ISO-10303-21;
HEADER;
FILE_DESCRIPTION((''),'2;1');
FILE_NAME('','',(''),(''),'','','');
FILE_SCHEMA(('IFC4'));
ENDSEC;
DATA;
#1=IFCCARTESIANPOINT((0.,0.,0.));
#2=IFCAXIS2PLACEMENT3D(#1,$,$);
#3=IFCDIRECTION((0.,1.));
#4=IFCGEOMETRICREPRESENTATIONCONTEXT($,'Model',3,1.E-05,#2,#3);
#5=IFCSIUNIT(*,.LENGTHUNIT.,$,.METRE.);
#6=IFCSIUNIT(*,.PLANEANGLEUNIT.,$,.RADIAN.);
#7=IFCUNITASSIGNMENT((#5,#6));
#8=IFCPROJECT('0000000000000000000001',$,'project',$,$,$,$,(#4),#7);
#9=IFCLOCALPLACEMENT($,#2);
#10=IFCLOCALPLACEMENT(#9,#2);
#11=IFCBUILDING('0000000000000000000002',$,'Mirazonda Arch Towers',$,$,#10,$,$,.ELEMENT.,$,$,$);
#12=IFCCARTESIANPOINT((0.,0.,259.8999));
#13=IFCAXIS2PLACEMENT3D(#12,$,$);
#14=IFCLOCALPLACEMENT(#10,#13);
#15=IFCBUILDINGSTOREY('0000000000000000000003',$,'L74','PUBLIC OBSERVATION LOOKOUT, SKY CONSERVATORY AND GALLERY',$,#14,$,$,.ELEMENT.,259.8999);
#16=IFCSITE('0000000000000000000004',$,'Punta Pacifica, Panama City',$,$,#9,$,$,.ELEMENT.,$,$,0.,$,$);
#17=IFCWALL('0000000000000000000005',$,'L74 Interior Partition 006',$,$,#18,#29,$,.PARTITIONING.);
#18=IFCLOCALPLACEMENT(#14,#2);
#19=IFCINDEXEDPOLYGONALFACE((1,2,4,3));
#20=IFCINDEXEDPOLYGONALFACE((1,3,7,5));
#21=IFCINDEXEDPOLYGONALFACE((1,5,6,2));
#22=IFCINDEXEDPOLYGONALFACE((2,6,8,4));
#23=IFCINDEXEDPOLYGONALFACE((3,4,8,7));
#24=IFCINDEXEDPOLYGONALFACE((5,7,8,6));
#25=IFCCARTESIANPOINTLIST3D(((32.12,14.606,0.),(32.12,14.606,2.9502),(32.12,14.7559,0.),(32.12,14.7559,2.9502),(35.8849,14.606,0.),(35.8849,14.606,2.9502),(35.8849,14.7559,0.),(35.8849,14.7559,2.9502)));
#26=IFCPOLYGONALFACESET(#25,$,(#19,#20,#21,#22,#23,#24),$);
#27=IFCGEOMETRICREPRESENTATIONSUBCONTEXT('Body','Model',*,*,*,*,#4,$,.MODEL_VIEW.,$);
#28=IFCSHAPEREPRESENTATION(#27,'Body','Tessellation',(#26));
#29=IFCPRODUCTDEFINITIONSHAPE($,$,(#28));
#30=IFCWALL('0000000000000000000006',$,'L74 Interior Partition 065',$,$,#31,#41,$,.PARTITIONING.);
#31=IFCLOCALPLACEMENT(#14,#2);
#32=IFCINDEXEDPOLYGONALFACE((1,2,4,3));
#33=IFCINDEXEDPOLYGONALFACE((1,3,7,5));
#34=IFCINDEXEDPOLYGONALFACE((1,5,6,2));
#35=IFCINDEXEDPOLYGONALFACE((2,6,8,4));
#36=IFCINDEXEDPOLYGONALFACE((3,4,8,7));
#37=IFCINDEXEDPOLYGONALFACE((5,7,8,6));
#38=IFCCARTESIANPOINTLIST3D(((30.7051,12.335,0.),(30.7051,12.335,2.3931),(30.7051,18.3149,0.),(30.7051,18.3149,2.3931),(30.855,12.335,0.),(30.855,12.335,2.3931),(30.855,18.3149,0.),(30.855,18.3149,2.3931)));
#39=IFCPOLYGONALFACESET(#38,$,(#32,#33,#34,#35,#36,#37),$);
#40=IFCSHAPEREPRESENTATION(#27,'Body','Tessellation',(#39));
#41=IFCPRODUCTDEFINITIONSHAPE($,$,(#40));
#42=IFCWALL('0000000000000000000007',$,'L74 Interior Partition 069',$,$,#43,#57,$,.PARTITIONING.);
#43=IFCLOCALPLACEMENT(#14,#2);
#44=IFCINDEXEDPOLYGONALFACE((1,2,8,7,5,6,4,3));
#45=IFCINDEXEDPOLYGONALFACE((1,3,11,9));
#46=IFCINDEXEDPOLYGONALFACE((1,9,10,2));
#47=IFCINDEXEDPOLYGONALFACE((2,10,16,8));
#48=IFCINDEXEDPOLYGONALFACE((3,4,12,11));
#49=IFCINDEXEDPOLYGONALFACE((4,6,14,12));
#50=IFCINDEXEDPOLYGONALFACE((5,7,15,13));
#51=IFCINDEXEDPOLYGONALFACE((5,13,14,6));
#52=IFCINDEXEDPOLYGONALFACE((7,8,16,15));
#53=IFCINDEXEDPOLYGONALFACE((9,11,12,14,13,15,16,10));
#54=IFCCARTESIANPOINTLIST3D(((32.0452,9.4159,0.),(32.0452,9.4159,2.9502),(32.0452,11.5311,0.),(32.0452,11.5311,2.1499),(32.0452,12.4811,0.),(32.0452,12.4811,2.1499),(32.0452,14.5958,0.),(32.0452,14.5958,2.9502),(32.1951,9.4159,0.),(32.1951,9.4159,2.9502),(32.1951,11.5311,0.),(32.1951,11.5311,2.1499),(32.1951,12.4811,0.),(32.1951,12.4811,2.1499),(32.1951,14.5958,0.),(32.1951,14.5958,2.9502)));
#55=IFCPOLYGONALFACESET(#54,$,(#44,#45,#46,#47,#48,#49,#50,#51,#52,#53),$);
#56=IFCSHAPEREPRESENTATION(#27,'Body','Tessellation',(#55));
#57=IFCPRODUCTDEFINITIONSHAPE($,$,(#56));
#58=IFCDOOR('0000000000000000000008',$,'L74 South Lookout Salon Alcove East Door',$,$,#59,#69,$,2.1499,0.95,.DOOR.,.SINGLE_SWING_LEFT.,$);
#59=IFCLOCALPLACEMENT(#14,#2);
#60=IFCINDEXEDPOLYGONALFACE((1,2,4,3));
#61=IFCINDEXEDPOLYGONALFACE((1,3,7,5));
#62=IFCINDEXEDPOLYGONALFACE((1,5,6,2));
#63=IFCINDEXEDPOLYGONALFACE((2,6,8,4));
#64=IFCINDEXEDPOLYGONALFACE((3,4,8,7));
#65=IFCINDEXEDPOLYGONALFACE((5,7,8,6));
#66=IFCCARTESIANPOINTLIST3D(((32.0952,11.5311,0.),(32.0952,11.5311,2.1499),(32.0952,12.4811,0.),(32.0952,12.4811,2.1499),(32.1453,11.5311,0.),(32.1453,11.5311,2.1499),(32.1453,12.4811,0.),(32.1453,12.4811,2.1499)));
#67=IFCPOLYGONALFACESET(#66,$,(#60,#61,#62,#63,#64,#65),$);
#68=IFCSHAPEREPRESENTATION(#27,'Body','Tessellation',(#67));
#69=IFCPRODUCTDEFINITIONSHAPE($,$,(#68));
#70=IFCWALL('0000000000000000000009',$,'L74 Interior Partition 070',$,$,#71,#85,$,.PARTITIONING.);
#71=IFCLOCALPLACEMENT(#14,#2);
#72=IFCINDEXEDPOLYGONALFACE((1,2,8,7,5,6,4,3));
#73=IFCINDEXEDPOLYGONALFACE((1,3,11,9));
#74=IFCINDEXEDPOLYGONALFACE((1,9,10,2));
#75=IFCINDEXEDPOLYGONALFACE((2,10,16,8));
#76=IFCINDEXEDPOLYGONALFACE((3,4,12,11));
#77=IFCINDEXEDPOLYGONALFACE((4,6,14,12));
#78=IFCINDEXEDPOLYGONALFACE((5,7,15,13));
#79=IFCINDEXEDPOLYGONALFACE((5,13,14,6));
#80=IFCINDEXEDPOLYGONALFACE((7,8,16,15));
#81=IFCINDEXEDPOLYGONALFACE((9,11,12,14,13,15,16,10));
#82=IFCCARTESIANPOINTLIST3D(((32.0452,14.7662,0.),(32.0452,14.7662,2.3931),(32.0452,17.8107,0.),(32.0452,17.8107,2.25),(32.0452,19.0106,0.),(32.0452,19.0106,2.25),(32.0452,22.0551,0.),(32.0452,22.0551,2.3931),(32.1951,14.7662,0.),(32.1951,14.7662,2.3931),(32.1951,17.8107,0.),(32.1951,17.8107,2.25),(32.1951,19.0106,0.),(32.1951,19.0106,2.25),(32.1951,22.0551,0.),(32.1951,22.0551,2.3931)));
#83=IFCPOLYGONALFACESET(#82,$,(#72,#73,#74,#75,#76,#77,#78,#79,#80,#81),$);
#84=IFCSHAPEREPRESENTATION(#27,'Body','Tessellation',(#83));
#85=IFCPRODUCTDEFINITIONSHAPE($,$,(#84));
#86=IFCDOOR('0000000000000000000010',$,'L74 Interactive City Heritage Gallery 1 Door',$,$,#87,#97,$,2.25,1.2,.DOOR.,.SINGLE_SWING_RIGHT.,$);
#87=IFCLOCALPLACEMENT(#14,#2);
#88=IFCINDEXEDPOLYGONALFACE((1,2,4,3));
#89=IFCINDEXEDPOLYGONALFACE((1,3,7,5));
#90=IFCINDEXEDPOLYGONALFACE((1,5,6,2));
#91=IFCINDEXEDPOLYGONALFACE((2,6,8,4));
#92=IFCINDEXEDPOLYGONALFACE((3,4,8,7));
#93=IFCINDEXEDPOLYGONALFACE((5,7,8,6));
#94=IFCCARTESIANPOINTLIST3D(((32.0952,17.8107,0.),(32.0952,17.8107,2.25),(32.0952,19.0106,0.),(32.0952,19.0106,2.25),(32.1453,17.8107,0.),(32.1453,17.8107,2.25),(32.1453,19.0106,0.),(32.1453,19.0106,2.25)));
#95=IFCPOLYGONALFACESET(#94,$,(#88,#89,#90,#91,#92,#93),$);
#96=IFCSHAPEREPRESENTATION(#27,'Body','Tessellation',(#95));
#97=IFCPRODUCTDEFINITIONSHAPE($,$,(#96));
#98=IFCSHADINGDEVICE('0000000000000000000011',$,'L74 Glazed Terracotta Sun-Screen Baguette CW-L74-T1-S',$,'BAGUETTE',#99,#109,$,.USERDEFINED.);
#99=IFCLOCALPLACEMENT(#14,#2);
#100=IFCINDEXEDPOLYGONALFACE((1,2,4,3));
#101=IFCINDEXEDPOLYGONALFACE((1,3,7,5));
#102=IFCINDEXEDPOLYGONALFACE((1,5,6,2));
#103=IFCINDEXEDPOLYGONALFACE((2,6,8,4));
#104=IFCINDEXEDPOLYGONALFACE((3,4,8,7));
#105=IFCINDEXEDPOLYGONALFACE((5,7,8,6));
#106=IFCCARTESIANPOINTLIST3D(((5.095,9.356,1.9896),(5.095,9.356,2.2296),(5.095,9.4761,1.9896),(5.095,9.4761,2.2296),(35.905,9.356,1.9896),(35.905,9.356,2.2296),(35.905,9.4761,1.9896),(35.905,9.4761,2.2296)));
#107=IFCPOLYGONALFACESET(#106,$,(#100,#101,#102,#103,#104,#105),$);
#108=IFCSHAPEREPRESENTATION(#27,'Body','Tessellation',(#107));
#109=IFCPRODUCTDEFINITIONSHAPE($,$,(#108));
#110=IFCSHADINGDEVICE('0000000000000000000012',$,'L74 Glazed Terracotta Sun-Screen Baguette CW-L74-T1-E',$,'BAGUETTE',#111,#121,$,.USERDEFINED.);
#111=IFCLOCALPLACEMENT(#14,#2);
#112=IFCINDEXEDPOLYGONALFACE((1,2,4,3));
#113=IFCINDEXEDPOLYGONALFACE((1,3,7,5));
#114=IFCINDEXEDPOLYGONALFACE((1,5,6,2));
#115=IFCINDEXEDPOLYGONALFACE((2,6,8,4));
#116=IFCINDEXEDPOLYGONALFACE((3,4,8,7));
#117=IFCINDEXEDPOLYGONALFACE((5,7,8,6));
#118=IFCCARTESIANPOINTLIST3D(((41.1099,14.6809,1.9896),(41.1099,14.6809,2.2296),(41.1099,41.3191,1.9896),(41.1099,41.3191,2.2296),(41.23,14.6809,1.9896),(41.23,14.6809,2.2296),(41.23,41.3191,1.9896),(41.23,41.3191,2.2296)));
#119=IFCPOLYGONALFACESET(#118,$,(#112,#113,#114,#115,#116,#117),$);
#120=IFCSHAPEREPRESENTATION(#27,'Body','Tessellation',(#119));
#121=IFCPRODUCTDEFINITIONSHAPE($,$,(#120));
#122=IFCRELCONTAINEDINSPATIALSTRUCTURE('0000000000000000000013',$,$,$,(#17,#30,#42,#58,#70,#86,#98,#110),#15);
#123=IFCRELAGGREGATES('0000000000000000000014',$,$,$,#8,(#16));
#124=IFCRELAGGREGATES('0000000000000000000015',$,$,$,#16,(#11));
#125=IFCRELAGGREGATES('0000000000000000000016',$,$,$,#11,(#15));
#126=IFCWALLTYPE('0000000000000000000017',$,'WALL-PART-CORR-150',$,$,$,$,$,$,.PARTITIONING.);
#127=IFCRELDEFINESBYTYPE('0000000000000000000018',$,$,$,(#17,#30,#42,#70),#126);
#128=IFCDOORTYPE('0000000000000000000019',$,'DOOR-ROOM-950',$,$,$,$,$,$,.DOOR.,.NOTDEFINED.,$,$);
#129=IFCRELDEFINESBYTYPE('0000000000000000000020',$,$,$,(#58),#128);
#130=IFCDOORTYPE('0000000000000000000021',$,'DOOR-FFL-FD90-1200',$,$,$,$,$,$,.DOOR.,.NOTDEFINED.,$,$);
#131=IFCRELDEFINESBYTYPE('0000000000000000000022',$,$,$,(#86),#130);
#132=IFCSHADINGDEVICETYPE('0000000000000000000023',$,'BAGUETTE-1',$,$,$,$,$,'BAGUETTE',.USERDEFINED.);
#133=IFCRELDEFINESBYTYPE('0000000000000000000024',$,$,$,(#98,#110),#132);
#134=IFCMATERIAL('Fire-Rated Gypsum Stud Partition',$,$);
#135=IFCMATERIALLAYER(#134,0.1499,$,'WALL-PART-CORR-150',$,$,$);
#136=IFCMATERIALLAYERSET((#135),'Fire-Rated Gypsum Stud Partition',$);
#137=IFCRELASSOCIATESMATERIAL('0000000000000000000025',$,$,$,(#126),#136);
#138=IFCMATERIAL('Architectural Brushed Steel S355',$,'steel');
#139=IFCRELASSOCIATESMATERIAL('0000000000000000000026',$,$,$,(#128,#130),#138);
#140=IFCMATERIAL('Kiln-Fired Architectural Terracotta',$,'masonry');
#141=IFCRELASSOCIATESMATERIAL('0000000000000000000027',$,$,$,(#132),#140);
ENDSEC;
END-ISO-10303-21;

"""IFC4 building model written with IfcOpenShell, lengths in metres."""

from ifc_helpers import new_model, si_unit, direction, frame, frame_2d, origin, origin_2d, place, context, subcontext, project, spatial, rectangle, extrude, material, layer, layer_set, material_profile, profile_set, type_object, element, fill, save


model = new_model("IFC4")

# Units and contexts
model_context = context("Model", 3, precision=1e-05, world=origin(), true_north=direction((0.0, 1.0)))
body_context = subcontext(model_context, "Body", "Model", "MODEL_VIEW")
ifc_project = project(units=[si_unit("LENGTHUNIT", "METRE"), si_unit("PLANEANGLEUNIT", "RADIAN")], contexts=[model_context])

# Site, building, storey
site_placement = place(None, origin())
site = spatial("IfcSite", under=ifc_project, at=site_placement, Name="Punta Pacifica, Panama City", CompositionType="ELEMENT", RefElevation=0.0)
building_placement = place(site_placement, origin())
building = spatial("IfcBuilding", under=site, at=building_placement, Name="Mirazonda Arch Towers", CompositionType="ELEMENT")
storey_placement = place(building_placement, frame((0.0, 0.0, 259.8999)))
storey = spatial("IfcBuildingStorey", under=building, at=storey_placement, Name="L74", Description="PUBLIC OBSERVATION LOOKOUT, SKY CONSERVATORY AND GALLERY", CompositionType="ELEMENT", Elevation=259.8999)

# Walls
ifc_material_1 = material(Name="Fire-Rated Gypsum Stud Partition")
ifc_layer_1 = layer(ifc_material_1, 0.1499, Name="WALL-PART-CORR-150")
ifc_layer_set_1 = layer_set([ifc_layer_1], Name="Fire-Rated Gypsum Stud Partition")
wall_type_1 = type_object("IfcWallType", Name="WALL-PART-CORR-150", PredefinedType="PARTITIONING", material=ifc_layer_set_1)
wall_1_placement = place(storey_placement, frame((32.1201, 14.6809, 0.0), z_axis=(0.0, 0.0, 1.0), x_axis=(1.0, 0.0, 0.0)))
element("IfcWall", 1, at=wall_1_placement, inside=storey, type_object=wall_type_1, Name="L74 Interior Partition 006", PredefinedType="PARTITIONING", context=body_context, shape_type="SweptSolid", body=[
    extrude(rectangle(XDim=3.7649, YDim=0.1499, at=frame_2d((1.8823, 0.0))), origin(), (0.0, 0.0, 1.0), 2.9502),
])
wall_2_placement = place(storey_placement, frame((30.78, 12.335, 0.0), z_axis=(0.0, 0.0, 1.0), x_axis=(0.0, 1.0, 0.0)))
element("IfcWall", 2, at=wall_2_placement, inside=storey, type_object=wall_type_1, Name="L74 Interior Partition 065", PredefinedType="PARTITIONING", context=body_context, shape_type="SweptSolid", body=[
    extrude(rectangle(XDim=5.98, YDim=0.1499, at=frame_2d((2.99, 0.0))), origin(), (0.0, 0.0, 1.0), 2.3931),
])

# Walls, openings, doors
wall_3_placement = place(storey_placement, frame((32.1201, 9.416, 0.0), z_axis=(0.0, 0.0, 1.0), x_axis=(0.0, 1.0, 0.0)))
wall_3 = element("IfcWall", 3, at=wall_3_placement, inside=storey, type_object=wall_type_1, Name="L74 Interior Partition 069", PredefinedType="PARTITIONING", context=body_context, shape_type="SweptSolid", body=[
    extrude(rectangle(XDim=5.1799, YDim=0.1499, at=frame_2d((2.5898, 0.0))), origin(), (0.0, 0.0, 1.0), 2.9502),
])
opening_1_placement = place(wall_3_placement, frame((2.115, 0.0, 0.0)))
opening_1 = element("IfcOpeningElement", 4, at=opening_1_placement, cuts=wall_3, PredefinedType="OPENING", context=body_context, shape_type="SweptSolid", body=[
    extrude(rectangle(XDim=0.95, YDim=2.1499, at=frame_2d((0.4751, 1.075))), frame((0.0, 0.085, 0.0), z_axis=(0.0, -1.0, 0.0), x_axis=(1.0, 0.0, 0.0)), (0.0, 0.0, 1.0), 0.1699),
])
ifc_material_2 = material(Name="Architectural Brushed Steel S355", Category="steel")
door_type_1 = type_object("IfcDoorType", Name="DOOR-ROOM-950", OperationType="NOTDEFINED", PredefinedType="DOOR", material=ifc_material_2)
door_1_placement = place(opening_1_placement, origin())
door_1 = element("IfcDoor", 5, at=door_1_placement, inside=storey, type_object=door_type_1, Name="L74 South Lookout Salon Alcove East Door", OperationType="SINGLE_SWING_LEFT", OverallHeight=2.1499, OverallWidth=0.95, PredefinedType="DOOR", context=body_context, shape_type="SweptSolid", body=[
    extrude(rectangle(XDim=0.95, YDim=2.1499, at=frame_2d((0.4751, 1.075))), frame((0.0, 0.0249, 0.0), z_axis=(0.0, -1.0, 0.0), x_axis=(1.0, 0.0, 0.0)), (0.0, 0.0, 1.0), 0.05),
])
fill(opening_1, door_1)
wall_4_placement = place(storey_placement, frame((32.1201, 14.7661, 0.0), z_axis=(0.0, 0.0, 1.0), x_axis=(0.0, 1.0, 0.0)))
wall_4 = element("IfcWall", 6, at=wall_4_placement, inside=storey, type_object=wall_type_1, Name="L74 Interior Partition 070", PredefinedType="PARTITIONING", context=body_context, shape_type="SweptSolid", body=[
    extrude(rectangle(XDim=7.2888, YDim=0.1499, at=frame_2d((3.6445, 0.0))), origin(), (0.0, 0.0, 1.0), 2.3931),
])
opening_2_placement = place(wall_4_placement, frame((3.0444, 0.0, 0.0)))
opening_2 = element("IfcOpeningElement", 7, at=opening_2_placement, cuts=wall_4, PredefinedType="OPENING", context=body_context, shape_type="SweptSolid", body=[
    extrude(rectangle(XDim=1.2, YDim=2.25, at=frame_2d((0.6001, 1.125))), frame((0.0, 0.085, 0.0), z_axis=(0.0, -1.0, 0.0), x_axis=(1.0, 0.0, 0.0)), (0.0, 0.0, 1.0), 0.1699),
])
door_type_2 = type_object("IfcDoorType", Name="DOOR-FFL-FD90-1200", OperationType="NOTDEFINED", PredefinedType="DOOR", material=ifc_material_2)
door_2_placement = place(opening_2_placement, origin())
door_2 = element("IfcDoor", 8, at=door_2_placement, inside=storey, type_object=door_type_2, Name="L74 Interactive City Heritage Gallery 1 Door", OperationType="SINGLE_SWING_RIGHT", OverallHeight=2.25, OverallWidth=1.2, PredefinedType="DOOR", context=body_context, shape_type="SweptSolid", body=[
    extrude(rectangle(XDim=1.2, YDim=2.25, at=frame_2d((0.6001, 1.125))), frame((0.0, 0.0249, 0.0), z_axis=(0.0, -1.0, 0.0), x_axis=(1.0, 0.0, 0.0)), (0.0, 0.0, 1.0), 0.05),
])
fill(opening_2, door_2)

# Shading devices
ifc_material_3 = material(Name="Kiln-Fired Architectural Terracotta", Category="masonry")
ifc_material_profile_1 = material_profile(ifc_material_3, rectangle(XDim=0.1201, YDim=0.24, at=origin_2d()), Name="TERRA-BAG-120x240")
ifc_profile_set_1 = profile_set([ifc_material_profile_1], Name="Kiln-Fired Architectural Terracotta")
shading_device_type = type_object("IfcShadingDeviceType", Name="BAGUETTE-1", ElementType="BAGUETTE", PredefinedType="USERDEFINED", material=ifc_profile_set_1)
shading_device_1_placement = place(storey_placement, frame((35.905, 9.416, 2.1096), z_axis=(-1.0, 0.0, 0.0), x_axis=(0.0, -1.0, 0.0)))
element("IfcShadingDevice", 9, at=shading_device_1_placement, inside=storey, type_object=shading_device_type, Name="L74 Glazed Terracotta Sun-Screen Baguette CW-L74-T1-S", ObjectType="BAGUETTE", PredefinedType="USERDEFINED", context=body_context, shape_type="SweptSolid", body=[
    extrude(rectangle(XDim=0.1201, YDim=0.24, at=origin_2d()), origin(), (0.0, 0.0, 1.0), 30.8101),
])
shading_device_2_placement = place(storey_placement, frame((41.1699, 14.6809, 2.1096), z_axis=(0.0, 1.0, 0.0), x_axis=(-1.0, 0.0, 0.0)))
element("IfcShadingDevice", 10, at=shading_device_2_placement, inside=storey, type_object=shading_device_type, Name="L74 Glazed Terracotta Sun-Screen Baguette CW-L74-T1-E", ObjectType="BAGUETTE", PredefinedType="USERDEFINED", context=body_context, shape_type="SweptSolid", body=[
    extrude(rectangle(XDim=0.1201, YDim=0.24, at=origin_2d()), origin(), (0.0, 0.0, 1.0), 26.6382),
])

save(model, "model.ifc")
